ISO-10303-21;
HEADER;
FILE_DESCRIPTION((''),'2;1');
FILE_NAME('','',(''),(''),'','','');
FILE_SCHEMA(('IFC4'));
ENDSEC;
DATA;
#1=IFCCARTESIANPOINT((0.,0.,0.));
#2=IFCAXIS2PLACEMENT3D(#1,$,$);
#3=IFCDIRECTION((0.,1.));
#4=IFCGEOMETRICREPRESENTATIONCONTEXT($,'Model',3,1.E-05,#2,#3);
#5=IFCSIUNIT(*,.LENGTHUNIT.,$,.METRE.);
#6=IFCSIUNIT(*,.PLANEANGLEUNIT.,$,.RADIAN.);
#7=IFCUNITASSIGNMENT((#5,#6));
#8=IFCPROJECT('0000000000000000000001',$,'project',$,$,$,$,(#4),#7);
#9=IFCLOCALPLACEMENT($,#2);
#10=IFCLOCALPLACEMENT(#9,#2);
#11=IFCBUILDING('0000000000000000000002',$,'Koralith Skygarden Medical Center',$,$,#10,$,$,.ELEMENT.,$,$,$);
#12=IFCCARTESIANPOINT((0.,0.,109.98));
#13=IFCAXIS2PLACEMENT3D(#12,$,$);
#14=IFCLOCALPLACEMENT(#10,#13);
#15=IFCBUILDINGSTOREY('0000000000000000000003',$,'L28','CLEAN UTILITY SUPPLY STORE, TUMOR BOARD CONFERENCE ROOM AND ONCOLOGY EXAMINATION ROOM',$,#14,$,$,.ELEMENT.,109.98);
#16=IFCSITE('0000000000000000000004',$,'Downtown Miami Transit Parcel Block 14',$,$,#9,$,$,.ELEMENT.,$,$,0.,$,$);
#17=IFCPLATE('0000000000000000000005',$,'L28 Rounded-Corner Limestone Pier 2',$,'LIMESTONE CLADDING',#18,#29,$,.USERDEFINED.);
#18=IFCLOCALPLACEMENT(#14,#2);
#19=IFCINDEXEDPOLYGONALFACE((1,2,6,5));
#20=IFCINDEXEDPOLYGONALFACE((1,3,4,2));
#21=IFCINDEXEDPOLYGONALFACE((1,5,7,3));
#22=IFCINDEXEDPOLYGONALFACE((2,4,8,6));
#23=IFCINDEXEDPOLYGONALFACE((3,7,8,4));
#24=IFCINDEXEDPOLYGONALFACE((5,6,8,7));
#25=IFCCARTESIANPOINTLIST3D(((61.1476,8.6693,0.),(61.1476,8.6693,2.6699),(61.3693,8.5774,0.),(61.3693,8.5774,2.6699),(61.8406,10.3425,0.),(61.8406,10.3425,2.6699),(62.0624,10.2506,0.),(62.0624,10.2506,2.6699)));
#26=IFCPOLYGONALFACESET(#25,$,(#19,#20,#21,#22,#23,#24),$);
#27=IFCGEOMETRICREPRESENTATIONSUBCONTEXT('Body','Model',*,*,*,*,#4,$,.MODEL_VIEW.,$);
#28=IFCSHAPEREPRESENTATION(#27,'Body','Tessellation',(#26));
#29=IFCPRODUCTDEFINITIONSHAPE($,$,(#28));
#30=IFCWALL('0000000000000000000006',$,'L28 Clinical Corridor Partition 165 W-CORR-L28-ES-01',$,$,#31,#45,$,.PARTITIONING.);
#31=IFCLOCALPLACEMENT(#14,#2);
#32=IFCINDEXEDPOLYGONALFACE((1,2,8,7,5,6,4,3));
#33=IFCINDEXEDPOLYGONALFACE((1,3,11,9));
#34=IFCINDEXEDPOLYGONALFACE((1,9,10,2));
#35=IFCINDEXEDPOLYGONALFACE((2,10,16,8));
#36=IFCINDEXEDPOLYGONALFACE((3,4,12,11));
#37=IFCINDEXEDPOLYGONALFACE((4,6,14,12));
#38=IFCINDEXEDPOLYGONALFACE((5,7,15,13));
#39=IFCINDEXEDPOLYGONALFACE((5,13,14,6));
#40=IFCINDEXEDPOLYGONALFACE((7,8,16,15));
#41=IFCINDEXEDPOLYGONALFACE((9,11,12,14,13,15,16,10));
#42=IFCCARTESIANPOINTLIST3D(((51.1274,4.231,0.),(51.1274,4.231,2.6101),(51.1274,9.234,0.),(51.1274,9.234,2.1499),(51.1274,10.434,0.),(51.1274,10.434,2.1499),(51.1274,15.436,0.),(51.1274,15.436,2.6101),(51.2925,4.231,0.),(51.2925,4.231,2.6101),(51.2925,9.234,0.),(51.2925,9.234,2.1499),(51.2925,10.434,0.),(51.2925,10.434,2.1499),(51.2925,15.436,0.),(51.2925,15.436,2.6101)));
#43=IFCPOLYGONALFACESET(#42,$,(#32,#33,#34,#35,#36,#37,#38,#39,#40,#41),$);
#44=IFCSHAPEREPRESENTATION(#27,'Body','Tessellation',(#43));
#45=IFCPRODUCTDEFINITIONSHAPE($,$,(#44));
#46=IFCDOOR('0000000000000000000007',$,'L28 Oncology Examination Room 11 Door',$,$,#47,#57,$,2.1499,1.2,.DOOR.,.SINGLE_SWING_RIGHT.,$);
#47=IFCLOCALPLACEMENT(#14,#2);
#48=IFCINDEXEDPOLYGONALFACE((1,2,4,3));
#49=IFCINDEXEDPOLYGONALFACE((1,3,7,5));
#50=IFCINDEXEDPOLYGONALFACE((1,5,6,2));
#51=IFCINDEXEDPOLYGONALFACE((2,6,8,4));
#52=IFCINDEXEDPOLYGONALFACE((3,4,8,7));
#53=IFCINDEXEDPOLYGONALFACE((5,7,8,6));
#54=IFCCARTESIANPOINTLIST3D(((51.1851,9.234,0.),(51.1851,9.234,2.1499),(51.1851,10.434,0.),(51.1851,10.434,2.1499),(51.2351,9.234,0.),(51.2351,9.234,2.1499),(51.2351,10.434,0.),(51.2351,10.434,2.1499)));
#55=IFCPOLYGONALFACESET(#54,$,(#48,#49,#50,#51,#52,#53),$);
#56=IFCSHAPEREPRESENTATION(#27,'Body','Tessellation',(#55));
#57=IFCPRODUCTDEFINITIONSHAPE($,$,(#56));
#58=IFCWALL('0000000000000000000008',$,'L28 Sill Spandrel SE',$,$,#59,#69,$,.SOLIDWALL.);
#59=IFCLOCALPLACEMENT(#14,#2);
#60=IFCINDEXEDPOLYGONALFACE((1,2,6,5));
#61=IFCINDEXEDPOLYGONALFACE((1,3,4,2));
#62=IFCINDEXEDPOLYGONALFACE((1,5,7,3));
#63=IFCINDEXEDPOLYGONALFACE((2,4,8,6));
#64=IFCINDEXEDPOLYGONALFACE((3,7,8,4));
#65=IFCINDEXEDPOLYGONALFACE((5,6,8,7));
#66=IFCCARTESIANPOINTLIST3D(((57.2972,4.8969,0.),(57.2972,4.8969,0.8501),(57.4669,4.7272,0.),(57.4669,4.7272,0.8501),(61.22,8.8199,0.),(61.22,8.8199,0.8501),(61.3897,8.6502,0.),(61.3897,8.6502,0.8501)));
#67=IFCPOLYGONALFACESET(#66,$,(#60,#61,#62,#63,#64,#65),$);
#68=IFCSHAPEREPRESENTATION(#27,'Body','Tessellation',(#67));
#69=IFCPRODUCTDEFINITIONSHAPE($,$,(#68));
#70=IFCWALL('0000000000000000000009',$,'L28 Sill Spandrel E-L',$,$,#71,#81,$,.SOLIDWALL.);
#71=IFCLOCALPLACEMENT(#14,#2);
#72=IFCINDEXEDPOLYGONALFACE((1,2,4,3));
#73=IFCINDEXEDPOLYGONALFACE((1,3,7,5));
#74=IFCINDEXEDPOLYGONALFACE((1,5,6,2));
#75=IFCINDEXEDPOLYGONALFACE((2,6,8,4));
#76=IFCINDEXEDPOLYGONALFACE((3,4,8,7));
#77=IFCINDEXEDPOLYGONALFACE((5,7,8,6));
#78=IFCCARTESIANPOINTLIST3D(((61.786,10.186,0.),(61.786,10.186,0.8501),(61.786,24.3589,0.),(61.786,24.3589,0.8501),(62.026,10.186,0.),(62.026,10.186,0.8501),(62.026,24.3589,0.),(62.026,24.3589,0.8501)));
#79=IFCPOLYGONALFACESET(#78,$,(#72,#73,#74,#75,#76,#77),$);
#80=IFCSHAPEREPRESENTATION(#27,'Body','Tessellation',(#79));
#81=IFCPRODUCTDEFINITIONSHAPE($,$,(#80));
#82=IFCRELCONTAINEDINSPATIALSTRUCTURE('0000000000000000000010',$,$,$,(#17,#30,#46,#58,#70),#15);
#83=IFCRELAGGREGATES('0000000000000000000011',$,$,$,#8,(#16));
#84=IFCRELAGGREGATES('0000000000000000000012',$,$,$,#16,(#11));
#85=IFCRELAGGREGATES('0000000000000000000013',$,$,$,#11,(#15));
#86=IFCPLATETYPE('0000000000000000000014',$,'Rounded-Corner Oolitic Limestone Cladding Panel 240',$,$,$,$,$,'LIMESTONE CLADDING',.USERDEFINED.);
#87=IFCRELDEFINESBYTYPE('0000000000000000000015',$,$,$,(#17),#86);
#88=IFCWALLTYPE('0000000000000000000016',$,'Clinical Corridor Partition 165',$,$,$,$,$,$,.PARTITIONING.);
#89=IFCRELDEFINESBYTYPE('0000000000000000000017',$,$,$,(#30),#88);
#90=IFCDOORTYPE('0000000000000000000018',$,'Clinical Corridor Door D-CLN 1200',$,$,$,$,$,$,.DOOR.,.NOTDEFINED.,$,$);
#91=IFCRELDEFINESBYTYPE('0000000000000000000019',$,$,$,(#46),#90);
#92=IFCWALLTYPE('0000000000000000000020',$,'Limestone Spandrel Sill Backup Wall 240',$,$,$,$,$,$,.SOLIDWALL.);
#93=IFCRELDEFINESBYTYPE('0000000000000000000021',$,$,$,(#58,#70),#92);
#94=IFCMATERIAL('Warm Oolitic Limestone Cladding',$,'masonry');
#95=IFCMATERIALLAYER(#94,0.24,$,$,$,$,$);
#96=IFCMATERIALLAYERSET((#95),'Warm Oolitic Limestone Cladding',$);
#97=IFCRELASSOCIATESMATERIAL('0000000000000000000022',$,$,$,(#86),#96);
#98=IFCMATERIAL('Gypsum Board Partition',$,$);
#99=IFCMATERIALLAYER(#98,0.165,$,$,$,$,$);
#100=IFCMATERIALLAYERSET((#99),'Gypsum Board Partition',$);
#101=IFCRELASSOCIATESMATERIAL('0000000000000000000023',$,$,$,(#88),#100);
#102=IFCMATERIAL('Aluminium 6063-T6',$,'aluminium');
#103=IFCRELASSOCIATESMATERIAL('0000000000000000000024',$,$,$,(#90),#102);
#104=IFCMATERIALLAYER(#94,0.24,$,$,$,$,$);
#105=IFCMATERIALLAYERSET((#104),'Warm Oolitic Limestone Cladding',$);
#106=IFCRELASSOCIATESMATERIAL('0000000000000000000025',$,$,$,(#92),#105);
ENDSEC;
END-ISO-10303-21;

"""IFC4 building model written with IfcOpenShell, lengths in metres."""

from ifc_helpers import new_model, si_unit, direction, frame, frame_2d, origin, origin_2d, place, context, subcontext, project, spatial, rectangle, extrude, material, layer, layer_set, type_object, element, fill, save


model = new_model("IFC4")

# Units and contexts
model_context = context("Model", 3, precision=1e-05, world=origin(), true_north=direction((0.0, 1.0)))
body_context = subcontext(model_context, "Body", "Model", "MODEL_VIEW")
ifc_project = project(units=[si_unit("LENGTHUNIT", "METRE"), si_unit("PLANEANGLEUNIT", "RADIAN")], contexts=[model_context])

# Site, building, storey
site_placement = place(None, origin())
site = spatial("IfcSite", under=ifc_project, at=site_placement, Name="Downtown Miami Transit Parcel Block 14", CompositionType="ELEMENT", RefElevation=0.0)
building_placement = place(site_placement, origin())
building = spatial("IfcBuilding", under=site, at=building_placement, Name="Koralith Skygarden Medical Center", CompositionType="ELEMENT")
storey_placement = place(building_placement, frame((0.0, 0.0, 109.98)))
storey = spatial("IfcBuildingStorey", under=building, at=storey_placement, Name="L28", Description="CLEAN UTILITY SUPPLY STORE, TUMOR BOARD CONFERENCE ROOM AND ONCOLOGY EXAMINATION ROOM", CompositionType="ELEMENT", Elevation=109.98)

# Shared definitions
ifc_material_1 = material(Name="Aluminium 6063-T6", Category="aluminium")

# Plate
ifc_material_2 = material(Name="Warm Oolitic Limestone Cladding", Category="masonry")
ifc_layer_1 = layer(ifc_material_2, 0.24)
ifc_layer_set_1 = layer_set([ifc_layer_1], Name="Warm Oolitic Limestone Cladding")
plate_type_1 = type_object("IfcPlateType", Name="Rounded-Corner Oolitic Limestone Cladding Panel 240", ElementType="LIMESTONE CLADDING", PredefinedType="USERDEFINED", material=ifc_layer_set_1)
for number, where, z_axis, x_axis, name in (
    (1, (61.605, 9.46, 0.0), (0.0, 0.0, 1.0), (0.382671, 0.923885, 0.0), "L28 Rounded-Corner Limestone Pier 2"),
):
    element("IfcPlate", number, at=place(storey_placement, frame(where, z_axis=z_axis, x_axis=x_axis)), inside=storey, type_object=plate_type_1, Name=name, ObjectType="LIMESTONE CLADDING", PredefinedType="USERDEFINED", context=body_context, shape_type="SweptSolid", body=[
        extrude(rectangle(XDim=1.811, YDim=0.24, at=origin_2d()), origin(), (0.0, 0.0, 1.0), 2.6699),
    ])

# Wall, opening, door
ifc_material_3 = material(Name="Gypsum Board Partition")
ifc_layer_2 = layer(ifc_material_3, 0.165)
ifc_layer_set_2 = layer_set([ifc_layer_2], Name="Gypsum Board Partition")
wall_type_1 = type_object("IfcWallType", Name="Clinical Corridor Partition 165", PredefinedType="PARTITIONING", material=ifc_layer_set_2)
wall_1_placement = place(storey_placement, frame((51.21, 4.231, 0.0), z_axis=(0.0, 0.0, 1.0), x_axis=(0.0, 1.0, 0.0)))
wall_1 = element("IfcWall", 2, at=wall_1_placement, inside=storey, type_object=wall_type_1, Name="L28 Clinical Corridor Partition 165 W-CORR-L28-ES-01", PredefinedType="PARTITIONING", context=body_context, shape_type="SweptSolid", body=[
    extrude(rectangle(XDim=11.2051, YDim=0.165, at=frame_2d((5.6025, 0.0))), origin(), (0.0, 0.0, 1.0), 2.6101),
])
opening_placement = place(wall_1_placement, frame((5.0029, 0.0, 0.0)))
opening = element("IfcOpeningElement", 3, at=opening_placement, cuts=wall_1, PredefinedType="OPENING", context=body_context, shape_type="SweptSolid", body=[
    extrude(rectangle(XDim=1.2, YDim=2.1499, at=frame_2d((0.6001, 1.075))), frame((0.0, 0.0925, 0.0), z_axis=(0.0, -1.0, 0.0), x_axis=(1.0, 0.0, 0.0)), (0.0, 0.0, 1.0), 0.1851),
])
door_type = type_object("IfcDoorType", Name="Clinical Corridor Door D-CLN 1200", OperationType="NOTDEFINED", PredefinedType="DOOR", material=ifc_material_1)
door_placement = place(opening_placement, origin())
door = element("IfcDoor", 4, at=door_placement, inside=storey, type_object=door_type, Name="L28 Oncology Examination Room 11 Door", OperationType="SINGLE_SWING_RIGHT", OverallHeight=2.1499, OverallWidth=1.2, PredefinedType="DOOR", context=body_context, shape_type="SweptSolid", body=[
    extrude(rectangle(XDim=1.2, YDim=2.1499, at=frame_2d((0.6001, 1.075))), frame((0.0, 0.0249, 0.0), z_axis=(0.0, -1.0, 0.0), x_axis=(1.0, 0.0, 0.0)), (0.0, 0.0, 1.0), 0.05),
])
fill(opening, door)

# Walls
ifc_layer_3 = layer(ifc_material_2, 0.24)
ifc_layer_set_3 = layer_set([ifc_layer_3], Name="Warm Oolitic Limestone Cladding")
wall_type_2 = type_object("IfcWallType", Name="Limestone Spandrel Sill Backup Wall 240", PredefinedType="SOLIDWALL", material=ifc_layer_set_3)
wall_2_placement = place(storey_placement, frame((57.3821, 4.812, 0.0), z_axis=(0.0, 0.0, 1.0), x_axis=(0.707085, 0.707129, 0.0)))
element("IfcWall", 5, at=wall_2_placement, inside=storey, type_object=wall_type_2, Name="L28 Sill Spandrel SE", PredefinedType="SOLIDWALL", context=body_context, shape_type="SweptSolid", body=[
    extrude(rectangle(XDim=5.5479, YDim=0.24, at=frame_2d((2.7739, 0.0))), origin(), (0.0, 0.0, 1.0), 0.8501),
])
wall_3_placement = place(storey_placement, frame((61.906, 10.186, 0.0), z_axis=(0.0, 0.0, 1.0), x_axis=(0.0, 1.0, 0.0)))
element("IfcWall", 6, at=wall_3_placement, inside=storey, type_object=wall_type_2, Name="L28 Sill Spandrel E-L", PredefinedType="SOLIDWALL", context=body_context, shape_type="SweptSolid", body=[
    extrude(rectangle(XDim=14.1729, YDim=0.24, at=frame_2d((7.0864, 0.0))), origin(), (0.0, 0.0, 1.0), 0.8501),
])

save(model, "model.ifc")
